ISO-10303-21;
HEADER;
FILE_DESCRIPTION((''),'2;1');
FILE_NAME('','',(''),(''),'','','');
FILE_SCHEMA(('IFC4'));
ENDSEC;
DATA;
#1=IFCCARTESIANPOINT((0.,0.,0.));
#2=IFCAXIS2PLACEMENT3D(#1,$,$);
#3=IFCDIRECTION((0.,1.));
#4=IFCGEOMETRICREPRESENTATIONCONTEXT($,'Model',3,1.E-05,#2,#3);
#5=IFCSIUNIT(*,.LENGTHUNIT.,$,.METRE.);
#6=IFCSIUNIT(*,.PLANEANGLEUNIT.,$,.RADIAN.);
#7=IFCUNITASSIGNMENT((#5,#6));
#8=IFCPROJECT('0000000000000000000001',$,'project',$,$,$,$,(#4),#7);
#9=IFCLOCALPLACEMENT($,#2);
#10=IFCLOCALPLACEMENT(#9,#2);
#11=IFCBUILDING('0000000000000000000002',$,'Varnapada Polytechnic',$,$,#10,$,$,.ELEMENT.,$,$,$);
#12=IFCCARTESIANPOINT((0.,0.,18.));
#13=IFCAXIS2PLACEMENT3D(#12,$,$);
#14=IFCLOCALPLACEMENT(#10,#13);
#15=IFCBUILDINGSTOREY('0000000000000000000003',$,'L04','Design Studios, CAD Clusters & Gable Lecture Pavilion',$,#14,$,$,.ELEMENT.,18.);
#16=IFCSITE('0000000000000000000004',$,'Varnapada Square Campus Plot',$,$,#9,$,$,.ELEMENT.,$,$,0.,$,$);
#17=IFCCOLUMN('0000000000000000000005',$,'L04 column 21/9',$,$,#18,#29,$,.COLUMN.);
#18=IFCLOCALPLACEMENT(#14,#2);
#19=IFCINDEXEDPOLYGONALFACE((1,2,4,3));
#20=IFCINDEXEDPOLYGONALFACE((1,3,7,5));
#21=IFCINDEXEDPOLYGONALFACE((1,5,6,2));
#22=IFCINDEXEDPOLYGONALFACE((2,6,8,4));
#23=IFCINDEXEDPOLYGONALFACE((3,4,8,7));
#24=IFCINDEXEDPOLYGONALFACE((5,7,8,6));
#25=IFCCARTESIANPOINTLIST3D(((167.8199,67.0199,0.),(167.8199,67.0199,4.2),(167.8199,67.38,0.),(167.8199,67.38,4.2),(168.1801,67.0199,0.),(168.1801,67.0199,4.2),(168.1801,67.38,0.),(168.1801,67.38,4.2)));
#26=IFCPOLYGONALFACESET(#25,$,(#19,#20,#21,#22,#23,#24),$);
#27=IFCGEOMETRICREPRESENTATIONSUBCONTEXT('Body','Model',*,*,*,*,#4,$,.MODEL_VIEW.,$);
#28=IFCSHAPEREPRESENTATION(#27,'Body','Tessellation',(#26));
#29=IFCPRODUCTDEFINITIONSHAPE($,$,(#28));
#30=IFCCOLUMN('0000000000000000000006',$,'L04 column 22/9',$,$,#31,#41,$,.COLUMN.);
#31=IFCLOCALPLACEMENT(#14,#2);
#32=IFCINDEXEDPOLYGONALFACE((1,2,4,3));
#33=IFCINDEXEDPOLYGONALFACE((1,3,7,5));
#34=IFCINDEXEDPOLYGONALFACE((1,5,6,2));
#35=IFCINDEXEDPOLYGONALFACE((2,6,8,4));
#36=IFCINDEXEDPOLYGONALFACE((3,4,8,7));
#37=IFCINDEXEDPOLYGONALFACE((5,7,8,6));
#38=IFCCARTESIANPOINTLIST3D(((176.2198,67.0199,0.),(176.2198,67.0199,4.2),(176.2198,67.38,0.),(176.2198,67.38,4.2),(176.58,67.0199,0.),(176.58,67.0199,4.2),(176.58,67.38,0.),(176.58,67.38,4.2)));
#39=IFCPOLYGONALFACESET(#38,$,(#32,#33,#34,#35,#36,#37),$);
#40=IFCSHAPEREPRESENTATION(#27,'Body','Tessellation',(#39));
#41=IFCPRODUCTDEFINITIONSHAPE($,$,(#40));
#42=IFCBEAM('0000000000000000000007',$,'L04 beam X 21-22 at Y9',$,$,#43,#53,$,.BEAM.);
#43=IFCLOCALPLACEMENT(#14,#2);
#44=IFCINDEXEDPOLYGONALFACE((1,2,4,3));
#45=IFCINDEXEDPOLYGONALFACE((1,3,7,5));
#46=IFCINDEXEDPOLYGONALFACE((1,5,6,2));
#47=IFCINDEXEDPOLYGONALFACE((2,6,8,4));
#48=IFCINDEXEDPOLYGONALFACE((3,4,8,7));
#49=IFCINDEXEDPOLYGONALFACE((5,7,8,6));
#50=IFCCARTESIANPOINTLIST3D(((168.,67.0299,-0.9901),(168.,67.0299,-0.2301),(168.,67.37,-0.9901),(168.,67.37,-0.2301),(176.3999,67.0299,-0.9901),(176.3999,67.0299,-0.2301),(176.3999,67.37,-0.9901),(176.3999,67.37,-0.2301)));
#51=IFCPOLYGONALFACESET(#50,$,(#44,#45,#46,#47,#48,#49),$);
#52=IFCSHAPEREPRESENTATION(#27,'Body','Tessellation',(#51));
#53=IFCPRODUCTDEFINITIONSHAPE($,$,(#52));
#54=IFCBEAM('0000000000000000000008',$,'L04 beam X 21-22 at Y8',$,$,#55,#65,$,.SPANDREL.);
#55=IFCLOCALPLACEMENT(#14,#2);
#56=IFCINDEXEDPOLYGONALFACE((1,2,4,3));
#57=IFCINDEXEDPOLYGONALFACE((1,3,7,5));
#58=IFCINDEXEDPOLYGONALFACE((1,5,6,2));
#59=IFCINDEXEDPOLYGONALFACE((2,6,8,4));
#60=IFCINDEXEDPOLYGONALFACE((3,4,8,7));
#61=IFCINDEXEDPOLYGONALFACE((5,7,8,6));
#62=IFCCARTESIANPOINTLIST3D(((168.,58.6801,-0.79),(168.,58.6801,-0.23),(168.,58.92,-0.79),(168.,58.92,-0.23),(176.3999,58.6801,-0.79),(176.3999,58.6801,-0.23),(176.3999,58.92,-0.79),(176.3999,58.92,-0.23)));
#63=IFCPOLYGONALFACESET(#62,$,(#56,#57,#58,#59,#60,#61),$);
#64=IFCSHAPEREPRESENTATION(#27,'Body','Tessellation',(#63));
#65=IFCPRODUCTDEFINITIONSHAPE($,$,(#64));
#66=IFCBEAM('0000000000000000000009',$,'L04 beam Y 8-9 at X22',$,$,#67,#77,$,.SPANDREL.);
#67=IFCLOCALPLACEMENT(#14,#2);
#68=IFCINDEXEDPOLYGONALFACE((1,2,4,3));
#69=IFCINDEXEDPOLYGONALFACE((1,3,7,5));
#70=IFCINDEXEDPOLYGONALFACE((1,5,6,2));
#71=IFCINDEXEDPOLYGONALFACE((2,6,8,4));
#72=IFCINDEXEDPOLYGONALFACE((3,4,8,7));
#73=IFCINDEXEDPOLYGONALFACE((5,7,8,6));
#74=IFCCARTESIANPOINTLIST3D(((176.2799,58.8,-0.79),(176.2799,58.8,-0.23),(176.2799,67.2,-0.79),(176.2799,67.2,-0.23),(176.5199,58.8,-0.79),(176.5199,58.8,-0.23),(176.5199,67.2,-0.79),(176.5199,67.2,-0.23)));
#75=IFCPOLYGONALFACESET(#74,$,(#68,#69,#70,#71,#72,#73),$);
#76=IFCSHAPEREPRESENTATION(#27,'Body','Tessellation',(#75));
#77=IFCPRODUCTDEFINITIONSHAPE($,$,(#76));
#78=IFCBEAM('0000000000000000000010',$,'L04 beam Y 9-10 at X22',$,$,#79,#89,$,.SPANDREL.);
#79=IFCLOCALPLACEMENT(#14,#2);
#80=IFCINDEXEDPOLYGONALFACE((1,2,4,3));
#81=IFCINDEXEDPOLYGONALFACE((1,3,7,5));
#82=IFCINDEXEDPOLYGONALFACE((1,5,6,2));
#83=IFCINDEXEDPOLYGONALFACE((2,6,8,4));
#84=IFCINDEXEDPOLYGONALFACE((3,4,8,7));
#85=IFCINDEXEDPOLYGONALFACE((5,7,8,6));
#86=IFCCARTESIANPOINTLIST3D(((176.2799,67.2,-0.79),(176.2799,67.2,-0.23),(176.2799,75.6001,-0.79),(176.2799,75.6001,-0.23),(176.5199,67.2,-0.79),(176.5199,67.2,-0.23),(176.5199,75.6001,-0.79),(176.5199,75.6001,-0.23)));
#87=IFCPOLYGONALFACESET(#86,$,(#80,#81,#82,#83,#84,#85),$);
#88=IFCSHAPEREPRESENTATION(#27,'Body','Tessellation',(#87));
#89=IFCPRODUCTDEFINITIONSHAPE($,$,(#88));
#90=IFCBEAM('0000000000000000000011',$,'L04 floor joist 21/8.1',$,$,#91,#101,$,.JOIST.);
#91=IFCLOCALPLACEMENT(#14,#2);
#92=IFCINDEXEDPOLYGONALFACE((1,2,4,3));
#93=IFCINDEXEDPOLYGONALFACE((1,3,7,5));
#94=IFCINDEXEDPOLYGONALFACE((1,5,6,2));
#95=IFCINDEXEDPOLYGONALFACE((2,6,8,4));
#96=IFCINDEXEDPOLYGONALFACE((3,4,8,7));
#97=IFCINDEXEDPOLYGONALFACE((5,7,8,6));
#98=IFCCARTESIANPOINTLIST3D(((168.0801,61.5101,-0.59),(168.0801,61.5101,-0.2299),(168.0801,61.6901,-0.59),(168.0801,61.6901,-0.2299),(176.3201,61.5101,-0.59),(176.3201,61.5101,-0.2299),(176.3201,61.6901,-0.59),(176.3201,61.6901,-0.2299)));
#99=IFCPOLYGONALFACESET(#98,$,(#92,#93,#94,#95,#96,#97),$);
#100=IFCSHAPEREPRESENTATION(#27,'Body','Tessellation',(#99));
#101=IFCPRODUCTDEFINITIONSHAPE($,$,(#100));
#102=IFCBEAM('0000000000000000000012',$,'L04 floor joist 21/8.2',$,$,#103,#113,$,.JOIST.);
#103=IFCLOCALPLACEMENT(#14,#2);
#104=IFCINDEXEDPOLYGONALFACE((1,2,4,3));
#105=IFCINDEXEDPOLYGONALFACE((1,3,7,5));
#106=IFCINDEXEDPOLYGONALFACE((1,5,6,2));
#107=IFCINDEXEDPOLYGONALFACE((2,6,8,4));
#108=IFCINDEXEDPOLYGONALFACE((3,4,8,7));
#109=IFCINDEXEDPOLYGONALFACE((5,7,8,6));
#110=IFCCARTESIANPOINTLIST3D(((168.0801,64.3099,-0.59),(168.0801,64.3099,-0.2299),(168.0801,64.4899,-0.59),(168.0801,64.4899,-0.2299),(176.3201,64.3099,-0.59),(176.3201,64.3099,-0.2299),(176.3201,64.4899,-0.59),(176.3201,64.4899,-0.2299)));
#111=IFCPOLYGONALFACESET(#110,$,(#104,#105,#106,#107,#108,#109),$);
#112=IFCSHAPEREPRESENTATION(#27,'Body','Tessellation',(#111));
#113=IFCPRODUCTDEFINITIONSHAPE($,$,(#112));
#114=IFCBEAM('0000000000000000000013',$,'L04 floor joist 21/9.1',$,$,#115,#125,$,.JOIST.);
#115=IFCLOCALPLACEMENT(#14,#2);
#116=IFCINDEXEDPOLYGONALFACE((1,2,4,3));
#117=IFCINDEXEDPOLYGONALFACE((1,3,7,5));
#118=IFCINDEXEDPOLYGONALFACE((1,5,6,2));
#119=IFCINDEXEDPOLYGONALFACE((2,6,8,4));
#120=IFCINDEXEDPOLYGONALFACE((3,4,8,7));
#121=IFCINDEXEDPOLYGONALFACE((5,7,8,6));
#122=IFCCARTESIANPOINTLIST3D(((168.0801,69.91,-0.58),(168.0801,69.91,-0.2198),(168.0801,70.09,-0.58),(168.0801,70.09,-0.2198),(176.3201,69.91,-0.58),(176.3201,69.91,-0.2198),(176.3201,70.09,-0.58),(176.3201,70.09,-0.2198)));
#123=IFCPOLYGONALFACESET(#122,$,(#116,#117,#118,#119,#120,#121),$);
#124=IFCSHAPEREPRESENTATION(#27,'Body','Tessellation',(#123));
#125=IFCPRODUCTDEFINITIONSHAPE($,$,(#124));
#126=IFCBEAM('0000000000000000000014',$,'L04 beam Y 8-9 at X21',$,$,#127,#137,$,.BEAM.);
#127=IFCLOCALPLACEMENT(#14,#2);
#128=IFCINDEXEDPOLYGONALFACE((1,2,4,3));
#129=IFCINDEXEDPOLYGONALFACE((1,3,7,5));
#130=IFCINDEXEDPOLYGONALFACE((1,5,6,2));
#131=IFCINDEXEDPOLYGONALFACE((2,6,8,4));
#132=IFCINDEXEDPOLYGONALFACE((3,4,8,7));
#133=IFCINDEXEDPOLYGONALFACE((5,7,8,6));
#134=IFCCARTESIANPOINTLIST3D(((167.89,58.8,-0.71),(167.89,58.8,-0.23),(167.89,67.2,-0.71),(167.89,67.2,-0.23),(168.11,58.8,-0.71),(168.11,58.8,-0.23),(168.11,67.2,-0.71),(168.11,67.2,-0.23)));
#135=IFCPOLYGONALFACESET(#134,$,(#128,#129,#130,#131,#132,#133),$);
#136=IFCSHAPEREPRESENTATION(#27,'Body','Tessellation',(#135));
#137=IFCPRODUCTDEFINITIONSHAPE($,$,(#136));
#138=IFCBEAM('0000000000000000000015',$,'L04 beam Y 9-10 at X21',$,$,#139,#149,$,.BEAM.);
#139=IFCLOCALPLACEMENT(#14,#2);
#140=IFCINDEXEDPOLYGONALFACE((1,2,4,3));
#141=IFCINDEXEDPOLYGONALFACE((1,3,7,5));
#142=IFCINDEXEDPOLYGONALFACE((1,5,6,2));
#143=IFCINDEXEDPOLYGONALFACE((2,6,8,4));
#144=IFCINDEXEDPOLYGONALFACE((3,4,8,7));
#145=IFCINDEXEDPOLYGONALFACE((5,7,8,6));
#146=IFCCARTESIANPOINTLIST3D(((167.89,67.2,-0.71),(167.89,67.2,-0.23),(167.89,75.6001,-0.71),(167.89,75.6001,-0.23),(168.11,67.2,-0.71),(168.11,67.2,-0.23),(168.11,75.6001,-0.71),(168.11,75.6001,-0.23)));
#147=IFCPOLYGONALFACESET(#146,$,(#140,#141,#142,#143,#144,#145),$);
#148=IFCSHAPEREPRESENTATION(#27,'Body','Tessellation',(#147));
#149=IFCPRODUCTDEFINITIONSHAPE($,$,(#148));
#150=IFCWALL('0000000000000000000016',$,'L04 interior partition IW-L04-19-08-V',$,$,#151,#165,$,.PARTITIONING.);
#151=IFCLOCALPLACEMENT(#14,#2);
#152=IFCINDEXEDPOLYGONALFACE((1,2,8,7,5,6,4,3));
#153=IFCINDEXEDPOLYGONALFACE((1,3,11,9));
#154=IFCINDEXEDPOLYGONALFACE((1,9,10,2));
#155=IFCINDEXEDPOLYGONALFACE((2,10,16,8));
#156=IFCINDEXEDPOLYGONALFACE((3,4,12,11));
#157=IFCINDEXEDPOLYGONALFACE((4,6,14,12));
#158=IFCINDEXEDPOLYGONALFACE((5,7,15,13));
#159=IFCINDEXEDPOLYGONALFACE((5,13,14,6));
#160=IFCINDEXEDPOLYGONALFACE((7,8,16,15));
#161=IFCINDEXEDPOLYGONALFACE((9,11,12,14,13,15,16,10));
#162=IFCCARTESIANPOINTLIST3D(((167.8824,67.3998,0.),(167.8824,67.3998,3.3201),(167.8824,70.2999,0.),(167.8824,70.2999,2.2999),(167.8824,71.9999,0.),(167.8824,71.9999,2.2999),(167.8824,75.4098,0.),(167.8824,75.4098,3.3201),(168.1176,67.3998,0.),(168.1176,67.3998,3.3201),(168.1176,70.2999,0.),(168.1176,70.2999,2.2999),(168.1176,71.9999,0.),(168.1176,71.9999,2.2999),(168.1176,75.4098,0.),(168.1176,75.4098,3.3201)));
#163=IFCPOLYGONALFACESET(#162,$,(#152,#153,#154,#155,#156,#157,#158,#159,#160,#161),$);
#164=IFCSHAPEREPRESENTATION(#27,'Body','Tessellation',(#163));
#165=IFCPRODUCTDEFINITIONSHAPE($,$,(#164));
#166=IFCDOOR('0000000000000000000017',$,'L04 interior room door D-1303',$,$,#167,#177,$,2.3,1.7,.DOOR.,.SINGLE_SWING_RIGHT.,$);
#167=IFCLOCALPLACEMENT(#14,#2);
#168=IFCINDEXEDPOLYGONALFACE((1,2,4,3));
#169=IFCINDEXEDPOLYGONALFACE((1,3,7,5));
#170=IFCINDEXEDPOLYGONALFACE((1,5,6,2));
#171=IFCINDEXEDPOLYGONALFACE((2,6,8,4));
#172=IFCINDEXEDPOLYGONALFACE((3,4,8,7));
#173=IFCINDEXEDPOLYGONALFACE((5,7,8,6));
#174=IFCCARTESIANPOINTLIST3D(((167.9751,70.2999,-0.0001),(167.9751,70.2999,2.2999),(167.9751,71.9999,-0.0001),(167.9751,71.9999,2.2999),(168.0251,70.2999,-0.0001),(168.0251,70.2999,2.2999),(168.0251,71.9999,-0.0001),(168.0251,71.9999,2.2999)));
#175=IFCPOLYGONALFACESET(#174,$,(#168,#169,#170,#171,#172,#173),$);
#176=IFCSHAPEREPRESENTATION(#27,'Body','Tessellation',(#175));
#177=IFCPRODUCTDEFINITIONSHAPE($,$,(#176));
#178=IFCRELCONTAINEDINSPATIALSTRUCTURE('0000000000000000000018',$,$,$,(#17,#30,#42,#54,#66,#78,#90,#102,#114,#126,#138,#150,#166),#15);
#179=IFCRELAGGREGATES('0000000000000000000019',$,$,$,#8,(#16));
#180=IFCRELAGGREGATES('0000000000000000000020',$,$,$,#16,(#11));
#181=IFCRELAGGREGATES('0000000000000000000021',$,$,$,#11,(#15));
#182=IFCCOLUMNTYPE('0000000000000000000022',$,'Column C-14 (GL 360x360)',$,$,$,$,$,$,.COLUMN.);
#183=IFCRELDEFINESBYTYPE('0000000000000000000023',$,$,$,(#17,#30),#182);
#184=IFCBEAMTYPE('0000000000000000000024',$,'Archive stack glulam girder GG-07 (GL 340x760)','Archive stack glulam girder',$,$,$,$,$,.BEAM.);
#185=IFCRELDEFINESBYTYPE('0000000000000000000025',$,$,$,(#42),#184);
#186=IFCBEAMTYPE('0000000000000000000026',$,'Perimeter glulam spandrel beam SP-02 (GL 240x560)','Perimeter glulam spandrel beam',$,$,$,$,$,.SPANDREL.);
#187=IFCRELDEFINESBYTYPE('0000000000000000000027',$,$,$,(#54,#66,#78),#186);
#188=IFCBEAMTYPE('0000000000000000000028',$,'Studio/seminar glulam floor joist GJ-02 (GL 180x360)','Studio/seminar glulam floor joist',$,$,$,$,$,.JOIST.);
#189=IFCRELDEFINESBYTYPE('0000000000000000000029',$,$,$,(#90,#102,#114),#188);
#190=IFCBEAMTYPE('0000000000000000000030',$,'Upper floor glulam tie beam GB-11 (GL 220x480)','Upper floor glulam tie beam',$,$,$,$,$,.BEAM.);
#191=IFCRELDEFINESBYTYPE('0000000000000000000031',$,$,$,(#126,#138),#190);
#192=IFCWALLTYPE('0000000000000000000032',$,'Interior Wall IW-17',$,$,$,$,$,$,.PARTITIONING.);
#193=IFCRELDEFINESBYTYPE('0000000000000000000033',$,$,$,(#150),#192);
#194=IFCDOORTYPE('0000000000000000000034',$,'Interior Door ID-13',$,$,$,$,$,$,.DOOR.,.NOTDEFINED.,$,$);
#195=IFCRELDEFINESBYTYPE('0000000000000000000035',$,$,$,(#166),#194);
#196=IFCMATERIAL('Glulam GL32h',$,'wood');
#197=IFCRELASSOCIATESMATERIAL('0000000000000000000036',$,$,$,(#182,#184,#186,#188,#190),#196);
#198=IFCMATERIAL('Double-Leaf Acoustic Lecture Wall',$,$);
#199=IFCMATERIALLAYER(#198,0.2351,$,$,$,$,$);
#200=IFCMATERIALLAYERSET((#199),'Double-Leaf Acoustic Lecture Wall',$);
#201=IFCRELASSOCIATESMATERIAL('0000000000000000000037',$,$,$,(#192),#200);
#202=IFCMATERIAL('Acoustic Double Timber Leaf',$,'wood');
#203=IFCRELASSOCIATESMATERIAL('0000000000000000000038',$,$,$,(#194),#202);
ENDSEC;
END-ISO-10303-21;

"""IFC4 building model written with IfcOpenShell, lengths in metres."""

from ifc_helpers import new_model, si_unit, direction, frame, frame_2d, origin, origin_2d, place, context, subcontext, project, spatial, rectangle, extrude, material, layer, layer_set, material_profile, profile_set, type_object, element, fill, save


model = new_model("IFC4")

# Units and contexts
model_context = context("Model", 3, precision=1e-05, world=origin(), true_north=direction((0.0, 1.0)))
body_context = subcontext(model_context, "Body", "Model", "MODEL_VIEW")
ifc_project = project(units=[si_unit("LENGTHUNIT", "METRE"), si_unit("PLANEANGLEUNIT", "RADIAN")], contexts=[model_context])

# Site, building, storey
site_placement = place(None, origin())
site = spatial("IfcSite", under=ifc_project, at=site_placement, Name="Varnapada Square Campus Plot", CompositionType="ELEMENT", RefElevation=0.0)
building_placement = place(site_placement, origin())
building = spatial("IfcBuilding", under=site, at=building_placement, Name="Varnapada Polytechnic", CompositionType="ELEMENT")
storey_placement = place(building_placement, frame((0.0, 0.0, 18.0)))
storey = spatial("IfcBuildingStorey", under=building, at=storey_placement, Name="L04", Description="Design Studios, CAD Clusters & Gable Lecture Pavilion", CompositionType="ELEMENT", Elevation=18.0)

# Columns
ifc_material_1 = material(Name="Glulam GL32h", Category="wood")
ifc_material_profile_1 = material_profile(ifc_material_1, rectangle(XDim=0.3601, YDim=0.3601, at=origin_2d()), Name="GL 360x360")
ifc_profile_set_1 = profile_set([ifc_material_profile_1], Name="Glulam GL32h")
column_type = type_object("IfcColumnType", Name="Column C-14 (GL 360x360)", PredefinedType="COLUMN", material=ifc_profile_set_1)
for number, where, z_axis, x_axis, name in (
    (1, (168.0, 67.2, 0.0), (0.0, 0.0, 1.0), (1.0, 0.0, 0.0), "L04 column 21/9"),
    (2, (176.3999, 67.2, 0.0), (0.0, 0.0, 1.0), (1.0, 0.0, 0.0), "L04 column 22/9"),
):
    element("IfcColumn", number, at=place(storey_placement, frame(where, z_axis=z_axis, x_axis=x_axis)), inside=storey, type_object=column_type, Name=name, PredefinedType="COLUMN", context=body_context, shape_type="SweptSolid", body=[
        extrude(rectangle(XDim=0.3601, YDim=0.3601, at=origin_2d()), origin(), (0.0, 0.0, 1.0), 4.2),
    ])

# Beams
ifc_material_profile_2 = material_profile(ifc_material_1, rectangle(XDim=0.3401, YDim=0.76, at=origin_2d()), Name="GL 340x760")
ifc_profile_set_2 = profile_set([ifc_material_profile_2], Name="Glulam GL32h")
beam_type_1 = type_object("IfcBeamType", Name="Archive stack glulam girder GG-07 (GL 340x760)", Description="Archive stack glulam girder", PredefinedType="BEAM", material=ifc_profile_set_2)
beam_1_placement = place(storey_placement, frame((168.0, 67.2, -0.6101), z_axis=(1.0, 0.0, 0.0), x_axis=(0.0, 1.0, 0.0)))
element("IfcBeam", 3, at=beam_1_placement, inside=storey, type_object=beam_type_1, Name="L04 beam X 21-22 at Y9", PredefinedType="BEAM", context=body_context, shape_type="SweptSolid", body=[
    extrude(rectangle(XDim=0.3401, YDim=0.76, at=origin_2d()), origin(), (0.0, 0.0, 1.0), 8.3999),
])
ifc_material_profile_3 = material_profile(ifc_material_1, rectangle(XDim=0.24, YDim=0.5601, at=origin_2d()), Name="GL 240x560")
ifc_profile_set_3 = profile_set([ifc_material_profile_3], Name="Glulam GL32h")
beam_type_2 = type_object("IfcBeamType", Name="Perimeter glulam spandrel beam SP-02 (GL 240x560)", Description="Perimeter glulam spandrel beam", PredefinedType="SPANDREL", material=ifc_profile_set_3)
for number, where, z_axis, x_axis, name in (
    (4, (168.0, 58.8, -0.51), (1.0, 0.0, 0.0), (0.0, 1.0, 0.0), "L04 beam X 21-22 at Y8"),
    (5, (176.3999, 58.8, -0.51), (0.0, 1.0, 0.0), (-1.0, 0.0, 0.0), "L04 beam Y 8-9 at X22"),
):
    element("IfcBeam", number, at=place(storey_placement, frame(where, z_axis=z_axis, x_axis=x_axis)), inside=storey, type_object=beam_type_2, Name=name, PredefinedType="SPANDREL", context=body_context, shape_type="SweptSolid", body=[
        extrude(rectangle(XDim=0.24, YDim=0.5601, at=origin_2d()), origin(), (0.0, 0.0, 1.0), 8.3999),
    ])
beam_2_placement = place(storey_placement, frame((176.3999, 67.2, -0.51), z_axis=(0.0, 1.0, 0.0), x_axis=(-1.0, 0.0, 0.0)))
element("IfcBeam", 6, at=beam_2_placement, inside=storey, type_object=beam_type_2, Name="L04 beam Y 9-10 at X22", PredefinedType="SPANDREL", context=body_context, shape_type="SweptSolid", body=[
    extrude(rectangle(XDim=0.24, YDim=0.5601, at=origin_2d()), origin(), (0.0, 0.0, 1.0), 8.4001),
])
ifc_material_profile_4 = material_profile(ifc_material_1, rectangle(XDim=0.1799, YDim=0.3601, at=origin_2d()), Name="GL 180x360")
ifc_profile_set_4 = profile_set([ifc_material_profile_4], Name="Glulam GL32h")
beam_type_3 = type_object("IfcBeamType", Name="Studio/seminar glulam floor joist GJ-02 (GL 180x360)", Description="Studio/seminar glulam floor joist", PredefinedType="JOIST", material=ifc_profile_set_4)
for number, where, z_axis, x_axis, name in (
    (7, (168.0801, 61.6001, -0.4099), (1.0, 0.0, 0.0), (0.0, 1.0, 0.0), "L04 floor joist 21/8.1"),
    (8, (168.0801, 64.3999, -0.4099), (1.0, 0.0, 0.0), (0.0, 1.0, 0.0), "L04 floor joist 21/8.2"),
    (9, (168.0801, 70.0, -0.3999), (1.0, 0.0, 0.0), (0.0, 1.0, 0.0), "L04 floor joist 21/9.1"),
):
    element("IfcBeam", number, at=place(storey_placement, frame(where, z_axis=z_axis, x_axis=x_axis)), inside=storey, type_object=beam_type_3, Name=name, PredefinedType="JOIST", context=body_context, shape_type="SweptSolid", body=[
        extrude(rectangle(XDim=0.1799, YDim=0.3601, at=origin_2d()), origin(), (0.0, 0.0, 1.0), 8.24),
    ])
ifc_material_profile_5 = material_profile(ifc_material_1, rectangle(XDim=0.22, YDim=0.48, at=origin_2d()), Name="GL 220x480")
ifc_profile_set_5 = profile_set([ifc_material_profile_5], Name="Glulam GL32h")
beam_type_4 = type_object("IfcBeamType", Name="Upper floor glulam tie beam GB-11 (GL 220x480)", Description="Upper floor glulam tie beam", PredefinedType="BEAM", material=ifc_profile_set_5)
beam_3_placement = place(storey_placement, frame((168.0, 58.8, -0.47), z_axis=(0.0, 1.0, 0.0), x_axis=(-1.0, 0.0, 0.0)))
element("IfcBeam", 10, at=beam_3_placement, inside=storey, type_object=beam_type_4, Name="L04 beam Y 8-9 at X21", PredefinedType="BEAM", context=body_context, shape_type="SweptSolid", body=[
    extrude(rectangle(XDim=0.22, YDim=0.48, at=origin_2d()), origin(), (0.0, 0.0, 1.0), 8.3999),
])
beam_4_placement = place(storey_placement, frame((168.0, 67.2, -0.47), z_axis=(0.0, 1.0, 0.0), x_axis=(-1.0, 0.0, 0.0)))
element("IfcBeam", 11, at=beam_4_placement, inside=storey, type_object=beam_type_4, Name="L04 beam Y 9-10 at X21", PredefinedType="BEAM", context=body_context, shape_type="SweptSolid", body=[
    extrude(rectangle(XDim=0.22, YDim=0.48, at=origin_2d()), origin(), (0.0, 0.0, 1.0), 8.4001),
])

# Wall, opening, door
ifc_material_2 = material(Name="Double-Leaf Acoustic Lecture Wall")
ifc_layer_1 = layer(ifc_material_2, 0.2351)
ifc_layer_set_1 = layer_set([ifc_layer_1], Name="Double-Leaf Acoustic Lecture Wall")
wall_type_1 = type_object("IfcWallType", Name="Interior Wall IW-17", PredefinedType="PARTITIONING", material=ifc_layer_set_1)
wall_1_placement = place(storey_placement, frame((168.0, 67.3999, 0.0), z_axis=(0.0, 0.0, 1.0), x_axis=(0.0, 1.0, 0.0)))
wall_1 = element("IfcWall", 12, at=wall_1_placement, inside=storey, type_object=wall_type_1, Name="L04 interior partition IW-L04-19-08-V", PredefinedType="PARTITIONING", context=body_context, shape_type="SweptSolid", body=[
    extrude(rectangle(XDim=8.01, YDim=0.2351, at=frame_2d((4.0049, 0.0))), origin(), (0.0, 0.0, 1.0), 3.3201),
])
opening_1_placement = place(wall_1_placement, frame((2.8999, 0.0, 0.0)))
opening_1 = element("IfcOpeningElement", 13, at=opening_1_placement, cuts=wall_1, PredefinedType="OPENING", context=body_context, shape_type="SweptSolid", body=[
    extrude(rectangle(XDim=1.7, YDim=2.3, at=frame_2d((0.8501, 1.1499))), frame((0.0, 0.1274, 0.0), z_axis=(0.0, -1.0, 0.0), x_axis=(1.0, 0.0, 0.0)), (0.0, 0.0, 1.0), 0.2551),
])
ifc_material_3 = material(Name="Acoustic Double Timber Leaf", Category="wood")
door_type_1 = type_object("IfcDoorType", Name="Interior Door ID-13", OperationType="NOTDEFINED", PredefinedType="DOOR", material=ifc_material_3)
door_1_placement = place(opening_1_placement, origin())
door_1 = element("IfcDoor", 14, at=door_1_placement, inside=storey, type_object=door_type_1, Name="L04 interior room door D-1303", OperationType="SINGLE_SWING_RIGHT", OverallHeight=2.3, OverallWidth=1.7, PredefinedType="DOOR", context=body_context, shape_type="SweptSolid", body=[
    extrude(rectangle(XDim=1.7, YDim=2.3, at=frame_2d((0.8501, 1.1499))), frame((0.0, 0.0249, 0.0), z_axis=(0.0, -1.0, 0.0), x_axis=(1.0, 0.0, 0.0)), (0.0, 0.0, 1.0), 0.05),
])
fill(opening_1, door_1)

save(model, "model.ifc")
